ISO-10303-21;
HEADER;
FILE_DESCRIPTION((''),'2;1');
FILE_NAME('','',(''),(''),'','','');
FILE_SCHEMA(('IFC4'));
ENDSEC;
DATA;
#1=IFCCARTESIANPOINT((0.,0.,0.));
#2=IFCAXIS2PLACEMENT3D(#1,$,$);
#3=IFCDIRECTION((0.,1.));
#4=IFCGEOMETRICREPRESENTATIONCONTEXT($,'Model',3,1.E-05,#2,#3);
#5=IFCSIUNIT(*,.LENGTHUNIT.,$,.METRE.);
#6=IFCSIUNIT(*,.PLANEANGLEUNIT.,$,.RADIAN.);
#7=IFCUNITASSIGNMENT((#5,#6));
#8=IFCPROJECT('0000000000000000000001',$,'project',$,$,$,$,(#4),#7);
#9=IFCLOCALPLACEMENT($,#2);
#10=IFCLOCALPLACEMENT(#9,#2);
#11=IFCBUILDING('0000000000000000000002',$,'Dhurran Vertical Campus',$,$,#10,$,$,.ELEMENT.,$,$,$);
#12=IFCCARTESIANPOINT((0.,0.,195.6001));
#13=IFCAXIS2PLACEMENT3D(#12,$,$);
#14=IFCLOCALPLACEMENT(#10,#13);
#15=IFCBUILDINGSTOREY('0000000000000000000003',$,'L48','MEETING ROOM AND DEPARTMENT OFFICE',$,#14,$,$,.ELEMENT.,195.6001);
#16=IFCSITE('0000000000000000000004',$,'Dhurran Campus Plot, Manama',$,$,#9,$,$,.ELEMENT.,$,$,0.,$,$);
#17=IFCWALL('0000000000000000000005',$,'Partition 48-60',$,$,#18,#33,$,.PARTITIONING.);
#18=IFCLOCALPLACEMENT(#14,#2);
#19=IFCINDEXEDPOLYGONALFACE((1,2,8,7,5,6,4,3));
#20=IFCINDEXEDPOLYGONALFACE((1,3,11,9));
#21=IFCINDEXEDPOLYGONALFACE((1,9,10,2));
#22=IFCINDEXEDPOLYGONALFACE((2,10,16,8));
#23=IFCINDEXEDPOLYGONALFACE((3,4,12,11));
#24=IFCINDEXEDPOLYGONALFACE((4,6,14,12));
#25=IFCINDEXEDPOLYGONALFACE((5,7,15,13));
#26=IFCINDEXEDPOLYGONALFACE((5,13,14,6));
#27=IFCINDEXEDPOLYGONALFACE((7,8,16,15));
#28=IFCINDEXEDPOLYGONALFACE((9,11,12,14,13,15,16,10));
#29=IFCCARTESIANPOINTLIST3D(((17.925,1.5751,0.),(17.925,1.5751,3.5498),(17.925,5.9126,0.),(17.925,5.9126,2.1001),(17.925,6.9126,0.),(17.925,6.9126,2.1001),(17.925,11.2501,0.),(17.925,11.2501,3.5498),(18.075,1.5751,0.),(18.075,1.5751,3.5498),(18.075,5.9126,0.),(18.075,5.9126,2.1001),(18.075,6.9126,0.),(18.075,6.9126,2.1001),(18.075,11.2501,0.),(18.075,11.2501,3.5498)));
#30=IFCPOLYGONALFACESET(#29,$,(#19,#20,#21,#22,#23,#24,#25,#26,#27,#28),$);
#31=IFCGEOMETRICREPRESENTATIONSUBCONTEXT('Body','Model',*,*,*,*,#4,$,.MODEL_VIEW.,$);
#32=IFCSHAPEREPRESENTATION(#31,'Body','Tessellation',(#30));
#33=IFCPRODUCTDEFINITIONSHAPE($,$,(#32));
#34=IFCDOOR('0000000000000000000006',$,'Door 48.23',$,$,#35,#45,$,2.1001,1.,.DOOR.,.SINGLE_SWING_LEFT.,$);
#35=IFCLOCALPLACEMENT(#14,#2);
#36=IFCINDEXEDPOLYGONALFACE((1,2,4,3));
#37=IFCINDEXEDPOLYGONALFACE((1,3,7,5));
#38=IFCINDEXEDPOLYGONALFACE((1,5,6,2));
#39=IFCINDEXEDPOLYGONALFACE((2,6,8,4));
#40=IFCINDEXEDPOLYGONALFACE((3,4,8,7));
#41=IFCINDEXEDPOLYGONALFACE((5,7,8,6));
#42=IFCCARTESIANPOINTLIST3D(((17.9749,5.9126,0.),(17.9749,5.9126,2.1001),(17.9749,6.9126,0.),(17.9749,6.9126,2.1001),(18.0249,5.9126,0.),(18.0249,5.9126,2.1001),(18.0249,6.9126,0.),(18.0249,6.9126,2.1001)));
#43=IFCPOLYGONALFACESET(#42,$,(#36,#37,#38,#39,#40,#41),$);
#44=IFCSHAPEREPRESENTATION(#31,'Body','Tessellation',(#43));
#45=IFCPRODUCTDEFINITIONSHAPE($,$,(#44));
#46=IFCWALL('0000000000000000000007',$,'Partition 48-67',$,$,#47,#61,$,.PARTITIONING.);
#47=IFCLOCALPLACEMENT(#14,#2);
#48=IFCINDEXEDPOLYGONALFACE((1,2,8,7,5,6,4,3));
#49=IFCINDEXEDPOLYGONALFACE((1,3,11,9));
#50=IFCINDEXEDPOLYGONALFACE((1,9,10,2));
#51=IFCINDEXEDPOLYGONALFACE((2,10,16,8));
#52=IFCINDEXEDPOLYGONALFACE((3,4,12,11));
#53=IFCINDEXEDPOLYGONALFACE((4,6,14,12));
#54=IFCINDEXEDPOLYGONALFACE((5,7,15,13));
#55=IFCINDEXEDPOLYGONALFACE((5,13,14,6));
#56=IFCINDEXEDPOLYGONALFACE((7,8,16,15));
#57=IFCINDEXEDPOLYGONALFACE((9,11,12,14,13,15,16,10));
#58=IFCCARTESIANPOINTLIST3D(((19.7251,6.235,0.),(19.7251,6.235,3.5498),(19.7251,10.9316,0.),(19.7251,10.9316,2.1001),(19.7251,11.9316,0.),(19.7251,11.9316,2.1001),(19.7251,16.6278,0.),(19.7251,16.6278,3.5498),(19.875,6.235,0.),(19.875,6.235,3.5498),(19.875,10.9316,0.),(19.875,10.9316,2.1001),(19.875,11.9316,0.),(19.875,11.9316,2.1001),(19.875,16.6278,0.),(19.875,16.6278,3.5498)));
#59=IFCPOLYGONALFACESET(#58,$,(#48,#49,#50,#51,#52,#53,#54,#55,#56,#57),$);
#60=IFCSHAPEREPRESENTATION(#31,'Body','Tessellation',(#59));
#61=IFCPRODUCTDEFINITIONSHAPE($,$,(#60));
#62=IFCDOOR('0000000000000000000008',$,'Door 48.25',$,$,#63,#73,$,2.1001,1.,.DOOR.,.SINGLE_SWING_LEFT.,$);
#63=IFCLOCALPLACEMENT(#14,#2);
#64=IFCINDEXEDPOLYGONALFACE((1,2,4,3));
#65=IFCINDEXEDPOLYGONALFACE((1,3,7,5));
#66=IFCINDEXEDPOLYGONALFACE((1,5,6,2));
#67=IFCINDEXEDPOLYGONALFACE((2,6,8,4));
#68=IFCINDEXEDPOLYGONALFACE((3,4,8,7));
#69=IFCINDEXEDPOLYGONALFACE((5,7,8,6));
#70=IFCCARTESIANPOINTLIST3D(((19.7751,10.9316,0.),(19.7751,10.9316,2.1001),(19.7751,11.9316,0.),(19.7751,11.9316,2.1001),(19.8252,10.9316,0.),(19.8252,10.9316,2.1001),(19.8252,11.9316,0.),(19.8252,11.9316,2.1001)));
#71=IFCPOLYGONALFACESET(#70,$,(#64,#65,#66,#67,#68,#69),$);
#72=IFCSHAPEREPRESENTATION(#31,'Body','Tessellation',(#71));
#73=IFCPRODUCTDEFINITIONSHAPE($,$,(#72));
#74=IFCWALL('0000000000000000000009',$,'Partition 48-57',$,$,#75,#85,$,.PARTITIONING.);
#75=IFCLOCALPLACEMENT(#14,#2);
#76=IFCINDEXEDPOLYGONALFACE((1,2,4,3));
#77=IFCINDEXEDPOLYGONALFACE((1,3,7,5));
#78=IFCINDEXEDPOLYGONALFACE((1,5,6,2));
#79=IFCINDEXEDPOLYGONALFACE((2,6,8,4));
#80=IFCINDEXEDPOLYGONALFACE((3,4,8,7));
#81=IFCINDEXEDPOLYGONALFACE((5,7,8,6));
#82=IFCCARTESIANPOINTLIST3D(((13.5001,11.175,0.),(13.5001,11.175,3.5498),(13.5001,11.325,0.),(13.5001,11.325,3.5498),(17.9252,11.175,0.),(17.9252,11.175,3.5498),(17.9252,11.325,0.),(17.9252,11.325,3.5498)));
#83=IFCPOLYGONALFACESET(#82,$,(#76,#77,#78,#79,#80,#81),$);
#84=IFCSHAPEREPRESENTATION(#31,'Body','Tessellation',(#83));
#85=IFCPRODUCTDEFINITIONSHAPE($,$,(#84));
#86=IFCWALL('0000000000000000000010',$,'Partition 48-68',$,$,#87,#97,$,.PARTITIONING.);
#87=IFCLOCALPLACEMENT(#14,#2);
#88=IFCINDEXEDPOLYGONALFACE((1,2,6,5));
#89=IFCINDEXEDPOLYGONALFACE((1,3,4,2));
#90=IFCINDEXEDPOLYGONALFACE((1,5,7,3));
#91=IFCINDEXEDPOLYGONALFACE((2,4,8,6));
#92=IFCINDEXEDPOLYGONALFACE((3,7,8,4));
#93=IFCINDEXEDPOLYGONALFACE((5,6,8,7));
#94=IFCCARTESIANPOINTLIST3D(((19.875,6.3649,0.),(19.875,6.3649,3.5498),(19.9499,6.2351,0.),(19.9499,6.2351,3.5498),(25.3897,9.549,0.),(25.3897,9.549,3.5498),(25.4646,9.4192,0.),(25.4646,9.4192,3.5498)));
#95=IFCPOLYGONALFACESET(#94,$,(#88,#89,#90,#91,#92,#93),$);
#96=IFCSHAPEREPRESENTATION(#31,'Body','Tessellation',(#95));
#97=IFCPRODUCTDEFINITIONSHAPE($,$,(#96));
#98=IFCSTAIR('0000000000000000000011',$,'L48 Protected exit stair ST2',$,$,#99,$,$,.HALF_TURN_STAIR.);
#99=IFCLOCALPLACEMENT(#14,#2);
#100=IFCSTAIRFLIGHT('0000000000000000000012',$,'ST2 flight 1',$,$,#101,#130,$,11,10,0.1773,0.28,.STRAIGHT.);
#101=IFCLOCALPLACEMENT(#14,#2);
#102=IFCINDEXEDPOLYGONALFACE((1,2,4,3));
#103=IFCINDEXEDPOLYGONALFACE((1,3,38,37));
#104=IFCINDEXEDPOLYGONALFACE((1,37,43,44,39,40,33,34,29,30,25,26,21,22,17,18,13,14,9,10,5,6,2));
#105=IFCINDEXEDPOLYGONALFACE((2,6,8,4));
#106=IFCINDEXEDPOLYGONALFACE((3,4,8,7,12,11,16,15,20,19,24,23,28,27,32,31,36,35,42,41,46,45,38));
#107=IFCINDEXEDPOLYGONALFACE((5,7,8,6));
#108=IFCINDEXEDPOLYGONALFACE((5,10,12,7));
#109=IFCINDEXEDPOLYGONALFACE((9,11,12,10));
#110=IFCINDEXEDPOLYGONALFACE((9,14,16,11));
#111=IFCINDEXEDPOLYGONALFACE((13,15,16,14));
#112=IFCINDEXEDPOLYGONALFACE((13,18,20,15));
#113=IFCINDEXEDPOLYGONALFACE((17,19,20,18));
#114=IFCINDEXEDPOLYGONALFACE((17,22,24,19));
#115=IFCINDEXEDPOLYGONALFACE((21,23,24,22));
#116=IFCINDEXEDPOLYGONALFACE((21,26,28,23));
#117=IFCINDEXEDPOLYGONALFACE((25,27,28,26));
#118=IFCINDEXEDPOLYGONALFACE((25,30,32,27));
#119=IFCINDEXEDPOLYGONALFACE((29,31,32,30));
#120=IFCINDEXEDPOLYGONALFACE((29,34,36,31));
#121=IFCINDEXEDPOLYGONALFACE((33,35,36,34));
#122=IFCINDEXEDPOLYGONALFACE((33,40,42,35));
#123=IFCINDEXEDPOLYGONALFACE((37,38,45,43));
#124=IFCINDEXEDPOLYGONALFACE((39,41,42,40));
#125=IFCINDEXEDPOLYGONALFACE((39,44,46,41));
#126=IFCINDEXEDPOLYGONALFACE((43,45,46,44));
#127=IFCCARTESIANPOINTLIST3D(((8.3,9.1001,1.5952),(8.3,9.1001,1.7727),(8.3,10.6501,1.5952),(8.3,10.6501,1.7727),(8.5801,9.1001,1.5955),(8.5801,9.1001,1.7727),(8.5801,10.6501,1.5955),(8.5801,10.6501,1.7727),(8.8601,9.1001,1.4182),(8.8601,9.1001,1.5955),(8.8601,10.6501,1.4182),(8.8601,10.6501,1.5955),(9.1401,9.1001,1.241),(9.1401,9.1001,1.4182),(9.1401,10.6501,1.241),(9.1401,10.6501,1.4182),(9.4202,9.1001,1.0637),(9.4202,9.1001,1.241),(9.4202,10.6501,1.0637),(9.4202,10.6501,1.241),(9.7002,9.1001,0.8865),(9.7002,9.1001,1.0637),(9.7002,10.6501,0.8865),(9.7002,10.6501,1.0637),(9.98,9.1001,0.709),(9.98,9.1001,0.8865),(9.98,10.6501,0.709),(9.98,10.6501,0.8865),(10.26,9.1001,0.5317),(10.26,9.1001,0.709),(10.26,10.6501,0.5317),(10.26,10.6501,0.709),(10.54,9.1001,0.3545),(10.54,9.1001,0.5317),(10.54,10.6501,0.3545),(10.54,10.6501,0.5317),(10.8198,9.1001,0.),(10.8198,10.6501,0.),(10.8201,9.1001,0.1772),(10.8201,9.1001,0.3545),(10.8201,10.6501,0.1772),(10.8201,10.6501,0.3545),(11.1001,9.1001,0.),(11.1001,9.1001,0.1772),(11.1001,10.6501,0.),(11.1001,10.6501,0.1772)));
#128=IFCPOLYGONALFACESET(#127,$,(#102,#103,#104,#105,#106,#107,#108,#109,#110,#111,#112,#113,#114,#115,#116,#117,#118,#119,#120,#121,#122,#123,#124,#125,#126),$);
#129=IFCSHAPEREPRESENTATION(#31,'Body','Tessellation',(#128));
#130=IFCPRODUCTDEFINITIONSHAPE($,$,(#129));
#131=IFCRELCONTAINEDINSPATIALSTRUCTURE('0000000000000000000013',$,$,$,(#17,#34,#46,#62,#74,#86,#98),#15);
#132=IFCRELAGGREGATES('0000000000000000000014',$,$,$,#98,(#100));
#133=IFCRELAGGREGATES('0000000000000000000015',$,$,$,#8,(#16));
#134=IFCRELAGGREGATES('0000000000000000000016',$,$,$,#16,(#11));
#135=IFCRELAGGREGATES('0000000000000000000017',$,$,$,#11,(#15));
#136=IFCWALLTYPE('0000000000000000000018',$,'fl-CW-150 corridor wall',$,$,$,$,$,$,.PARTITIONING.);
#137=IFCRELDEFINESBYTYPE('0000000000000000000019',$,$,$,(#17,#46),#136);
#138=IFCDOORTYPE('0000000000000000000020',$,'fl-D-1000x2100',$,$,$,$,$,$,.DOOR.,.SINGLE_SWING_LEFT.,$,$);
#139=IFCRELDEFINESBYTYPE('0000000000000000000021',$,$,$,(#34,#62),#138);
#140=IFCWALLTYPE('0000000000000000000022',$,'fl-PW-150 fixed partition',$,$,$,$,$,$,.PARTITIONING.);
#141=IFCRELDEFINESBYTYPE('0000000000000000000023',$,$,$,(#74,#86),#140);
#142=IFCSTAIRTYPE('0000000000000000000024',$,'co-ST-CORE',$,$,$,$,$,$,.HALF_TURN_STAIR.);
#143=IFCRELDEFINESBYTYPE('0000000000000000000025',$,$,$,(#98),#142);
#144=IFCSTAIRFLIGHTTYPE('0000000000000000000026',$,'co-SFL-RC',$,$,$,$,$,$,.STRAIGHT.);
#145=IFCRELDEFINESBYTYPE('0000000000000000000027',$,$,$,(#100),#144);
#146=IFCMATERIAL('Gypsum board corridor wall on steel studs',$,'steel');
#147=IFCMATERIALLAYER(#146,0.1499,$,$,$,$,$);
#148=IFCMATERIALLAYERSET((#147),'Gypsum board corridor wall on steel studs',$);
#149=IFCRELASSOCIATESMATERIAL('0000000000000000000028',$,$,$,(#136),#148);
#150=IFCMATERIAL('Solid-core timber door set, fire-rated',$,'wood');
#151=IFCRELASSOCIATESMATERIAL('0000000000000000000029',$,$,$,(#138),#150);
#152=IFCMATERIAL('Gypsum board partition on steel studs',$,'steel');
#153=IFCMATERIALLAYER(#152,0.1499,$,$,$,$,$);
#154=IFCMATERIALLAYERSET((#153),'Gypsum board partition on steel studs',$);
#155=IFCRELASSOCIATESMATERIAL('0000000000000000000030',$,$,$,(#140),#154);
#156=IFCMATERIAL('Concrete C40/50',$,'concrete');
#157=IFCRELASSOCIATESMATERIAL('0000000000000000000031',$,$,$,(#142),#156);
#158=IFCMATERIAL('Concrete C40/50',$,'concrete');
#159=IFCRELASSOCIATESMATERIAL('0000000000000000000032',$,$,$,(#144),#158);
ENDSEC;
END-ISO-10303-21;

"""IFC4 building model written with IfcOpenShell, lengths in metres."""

from ifc_helpers import new_model, si_unit, direction, frame, frame_2d, origin, place, context, subcontext, project, spatial, polyline, rectangle, outline, extrude, material, layer, layer_set, type_object, element, fill, aggregate, save


model = new_model("IFC4")

# Units and contexts
model_context = context("Model", 3, precision=1e-05, world=origin(), true_north=direction((0.0, 1.0)))
body_context = subcontext(model_context, "Body", "Model", "MODEL_VIEW")
ifc_project = project(units=[si_unit("LENGTHUNIT", "METRE"), si_unit("PLANEANGLEUNIT", "RADIAN")], contexts=[model_context])

# Site, building, storey
site_placement = place(None, origin())
site = spatial("IfcSite", under=ifc_project, at=site_placement, Name="Dhurran Campus Plot, Manama", CompositionType="ELEMENT", RefElevation=0.0)
building_placement = place(site_placement, origin())
building = spatial("IfcBuilding", under=site, at=building_placement, Name="Dhurran Vertical Campus", CompositionType="ELEMENT")
storey_placement = place(building_placement, frame((0.0, 0.0, 195.6001)))
storey = spatial("IfcBuildingStorey", under=building, at=storey_placement, Name="L48", Description="MEETING ROOM AND DEPARTMENT OFFICE", CompositionType="ELEMENT", Elevation=195.6001)

# Shared definitions
ifc_material_1 = material(Name="Gypsum board corridor wall on steel studs", Category="steel")
ifc_layer_1 = layer(ifc_material_1, 0.1499)
ifc_layer_set_1 = layer_set([ifc_layer_1], Name="Gypsum board corridor wall on steel studs")
wall_type_1 = type_object("IfcWallType", Name="fl-CW-150 corridor wall", PredefinedType="PARTITIONING", material=ifc_layer_set_1)

# Walls, openings, doors
wall_1_placement = place(storey_placement, frame((18.0, 11.25, 0.0), z_axis=(0.0, 0.0, 1.0), x_axis=(0.0, -1.0, 0.0)))
wall_1 = element("IfcWall", 1, at=wall_1_placement, inside=storey, type_object=wall_type_1, Name="Partition 48-60", PredefinedType="PARTITIONING", context=body_context, shape_type="SweptSolid", body=[
    extrude(rectangle(XDim=9.675, YDim=0.1499, at=frame_2d((4.8374, 0.0))), origin(), (0.0, 0.0, 1.0), 3.5498),
])
opening_1_placement = place(wall_1_placement, frame((4.3374, 0.0, 0.0)))
opening_1 = element("IfcOpeningElement", 2, at=opening_1_placement, cuts=wall_1, PredefinedType="OPENING", context=body_context, shape_type="SweptSolid", body=[
    extrude(rectangle(XDim=1.0, YDim=2.1001, at=frame_2d((0.5, 1.05))), frame((0.0, 0.085, 0.0), z_axis=(0.0, -1.0, 0.0), x_axis=(1.0, 0.0, 0.0)), (0.0, 0.0, 1.0), 0.1699),
])
ifc_material_2 = material(Name="Solid-core timber door set, fire-rated", Category="wood")
door_type = type_object("IfcDoorType", Name="fl-D-1000x2100", OperationType="SINGLE_SWING_LEFT", PredefinedType="DOOR", material=ifc_material_2)
door_1_placement = place(opening_1_placement, origin())
door_1 = element("IfcDoor", 3, at=door_1_placement, inside=storey, type_object=door_type, Name="Door 48.23", OperationType="SINGLE_SWING_LEFT", OverallHeight=2.1001, OverallWidth=1.0, PredefinedType="DOOR", context=body_context, shape_type="SweptSolid", body=[
    extrude(rectangle(XDim=1.0, YDim=2.1001, at=frame_2d((0.5, 1.05))), frame((0.0, 0.0249, 0.0), z_axis=(0.0, -1.0, 0.0), x_axis=(1.0, 0.0, 0.0)), (0.0, 0.0, 1.0), 0.05),
])
fill(opening_1, door_1)
wall_2_placement = place(storey_placement, frame((19.8, 6.2351, 0.0), z_axis=(0.0, 0.0, 1.0), x_axis=(0.0, 1.0, 0.0)))
wall_2 = element("IfcWall", 4, at=wall_2_placement, inside=storey, type_object=wall_type_1, Name="Partition 48-67", PredefinedType="PARTITIONING", context=body_context, shape_type="SweptSolid", body=[
    extrude(rectangle(XDim=10.3928, YDim=0.1499, at=frame_2d((5.1963, 0.0))), origin(), (0.0, 0.0, 1.0), 3.5498),
])
opening_2_placement = place(wall_2_placement, frame((4.6965, 0.0, 0.0)))
opening_2 = element("IfcOpeningElement", 5, at=opening_2_placement, cuts=wall_2, PredefinedType="OPENING", context=body_context, shape_type="SweptSolid", body=[
    extrude(rectangle(XDim=1.0, YDim=2.1001, at=frame_2d((0.5, 1.05))), frame((0.0, 0.085, 0.0), z_axis=(0.0, -1.0, 0.0), x_axis=(1.0, 0.0, 0.0)), (0.0, 0.0, 1.0), 0.1699),
])
door_2_placement = place(opening_2_placement, origin())
door_2 = element("IfcDoor", 6, at=door_2_placement, inside=storey, type_object=door_type, Name="Door 48.25", OperationType="SINGLE_SWING_LEFT", OverallHeight=2.1001, OverallWidth=1.0, PredefinedType="DOOR", context=body_context, shape_type="SweptSolid", body=[
    extrude(rectangle(XDim=1.0, YDim=2.1001, at=frame_2d((0.5, 1.05))), frame((0.0, 0.0249, 0.0), z_axis=(0.0, -1.0, 0.0), x_axis=(1.0, 0.0, 0.0)), (0.0, 0.0, 1.0), 0.05),
])
fill(opening_2, door_2)

# Walls
ifc_material_3 = material(Name="Gypsum board partition on steel studs", Category="steel")
ifc_layer_2 = layer(ifc_material_3, 0.1499)
ifc_layer_set_2 = layer_set([ifc_layer_2], Name="Gypsum board partition on steel studs")
wall_type_2 = type_object("IfcWallType", Name="fl-PW-150 fixed partition", PredefinedType="PARTITIONING", material=ifc_layer_set_2)
wall_3_placement = place(storey_placement, frame((17.925, 11.25, 0.0), z_axis=(0.0, 0.0, 1.0), x_axis=(-1.0, 0.0, 0.0)))
element("IfcWall", 7, at=wall_3_placement, inside=storey, type_object=wall_type_2, Name="Partition 48-57", PredefinedType="PARTITIONING", context=body_context, shape_type="SweptSolid", body=[
    extrude(rectangle(XDim=4.425, YDim=0.1499, at=frame_2d((2.2124, 0.0))), origin(), (0.0, 0.0, 1.0), 3.5498),
])
wall_4_placement = place(storey_placement, frame((25.4272, 9.4841, 0.0), z_axis=(0.0, 0.0, 1.0), x_axis=(-0.866012, -0.500023, 0.0)))
element("IfcWall", 8, at=wall_4_placement, inside=storey, type_object=wall_type_2, Name="Partition 48-68", PredefinedType="PARTITIONING", context=body_context, shape_type="SweptSolid", body=[
    extrude(rectangle(XDim=6.3679, YDim=0.1499, at=frame_2d((3.1841, 0.0))), origin(), (0.0, 0.0, 1.0), 3.5498),
])

# Stair, stair flight
ifc_material_4 = material(Name="Concrete C40/50", Category="concrete")
stair_type = type_object("IfcStairType", Name="co-ST-CORE", PredefinedType="HALF_TURN_STAIR", material=ifc_material_4)
stair_placement = place(storey_placement, origin())
stair = element("IfcStair", 9, at=stair_placement, inside=storey, type_object=stair_type, Name="L48 Protected exit stair ST2", PredefinedType="HALF_TURN_STAIR")
ifc_material_5 = material(Name="Concrete C40/50", Category="concrete")
stair_flight_type = type_object("IfcStairFlightType", Name="co-SFL-RC", PredefinedType="STRAIGHT", material=ifc_material_5)
stair_flight_placement = place(storey_placement, frame((11.1001, 9.875, 0.0), z_axis=(0.0, 0.0, 1.0), x_axis=(-1.0, 0.0, 0.0)))
stair_flight = element("IfcStairFlight", 10, at=stair_flight_placement, type_object=stair_flight_type, Name="ST2 flight 1", NumberOfRisers=11, NumberOfTreads=10, PredefinedType="STRAIGHT", RiserHeight=0.1773, TreadLength=0.28, context=body_context, shape_type="SweptSolid", body=[
    extrude(outline(polyline([(0.0, 0.0), (0.0, 0.1772), (0.28, 0.1772), (0.28, 0.3545), (0.5601, 0.3545), (0.5601, 0.5317), (0.8401, 0.5317), (0.8401, 0.709), (1.1201, 0.709), (1.1201, 0.8865), (1.3999, 0.8865), (1.3999, 1.0637), (1.6799, 1.0637), (1.6799, 1.241), (1.96, 1.241), (1.96, 1.4182), (2.24, 1.4182), (2.24, 1.5955), (2.52, 1.5955), (2.52, 1.7727), (2.8, 1.7727), (2.8, 1.95), (2.8, 1.5952), (0.2803, 0.0), (0.0, 0.0)])), frame((0.0, 0.7749, 0.0), z_axis=(0.0, -1.0, 0.0), x_axis=(1.0, 0.0, 0.0)), (0.0, 0.0, 1.0), 1.55),
])
aggregate(stair, [stair_flight])

save(model, "model.ifc")
